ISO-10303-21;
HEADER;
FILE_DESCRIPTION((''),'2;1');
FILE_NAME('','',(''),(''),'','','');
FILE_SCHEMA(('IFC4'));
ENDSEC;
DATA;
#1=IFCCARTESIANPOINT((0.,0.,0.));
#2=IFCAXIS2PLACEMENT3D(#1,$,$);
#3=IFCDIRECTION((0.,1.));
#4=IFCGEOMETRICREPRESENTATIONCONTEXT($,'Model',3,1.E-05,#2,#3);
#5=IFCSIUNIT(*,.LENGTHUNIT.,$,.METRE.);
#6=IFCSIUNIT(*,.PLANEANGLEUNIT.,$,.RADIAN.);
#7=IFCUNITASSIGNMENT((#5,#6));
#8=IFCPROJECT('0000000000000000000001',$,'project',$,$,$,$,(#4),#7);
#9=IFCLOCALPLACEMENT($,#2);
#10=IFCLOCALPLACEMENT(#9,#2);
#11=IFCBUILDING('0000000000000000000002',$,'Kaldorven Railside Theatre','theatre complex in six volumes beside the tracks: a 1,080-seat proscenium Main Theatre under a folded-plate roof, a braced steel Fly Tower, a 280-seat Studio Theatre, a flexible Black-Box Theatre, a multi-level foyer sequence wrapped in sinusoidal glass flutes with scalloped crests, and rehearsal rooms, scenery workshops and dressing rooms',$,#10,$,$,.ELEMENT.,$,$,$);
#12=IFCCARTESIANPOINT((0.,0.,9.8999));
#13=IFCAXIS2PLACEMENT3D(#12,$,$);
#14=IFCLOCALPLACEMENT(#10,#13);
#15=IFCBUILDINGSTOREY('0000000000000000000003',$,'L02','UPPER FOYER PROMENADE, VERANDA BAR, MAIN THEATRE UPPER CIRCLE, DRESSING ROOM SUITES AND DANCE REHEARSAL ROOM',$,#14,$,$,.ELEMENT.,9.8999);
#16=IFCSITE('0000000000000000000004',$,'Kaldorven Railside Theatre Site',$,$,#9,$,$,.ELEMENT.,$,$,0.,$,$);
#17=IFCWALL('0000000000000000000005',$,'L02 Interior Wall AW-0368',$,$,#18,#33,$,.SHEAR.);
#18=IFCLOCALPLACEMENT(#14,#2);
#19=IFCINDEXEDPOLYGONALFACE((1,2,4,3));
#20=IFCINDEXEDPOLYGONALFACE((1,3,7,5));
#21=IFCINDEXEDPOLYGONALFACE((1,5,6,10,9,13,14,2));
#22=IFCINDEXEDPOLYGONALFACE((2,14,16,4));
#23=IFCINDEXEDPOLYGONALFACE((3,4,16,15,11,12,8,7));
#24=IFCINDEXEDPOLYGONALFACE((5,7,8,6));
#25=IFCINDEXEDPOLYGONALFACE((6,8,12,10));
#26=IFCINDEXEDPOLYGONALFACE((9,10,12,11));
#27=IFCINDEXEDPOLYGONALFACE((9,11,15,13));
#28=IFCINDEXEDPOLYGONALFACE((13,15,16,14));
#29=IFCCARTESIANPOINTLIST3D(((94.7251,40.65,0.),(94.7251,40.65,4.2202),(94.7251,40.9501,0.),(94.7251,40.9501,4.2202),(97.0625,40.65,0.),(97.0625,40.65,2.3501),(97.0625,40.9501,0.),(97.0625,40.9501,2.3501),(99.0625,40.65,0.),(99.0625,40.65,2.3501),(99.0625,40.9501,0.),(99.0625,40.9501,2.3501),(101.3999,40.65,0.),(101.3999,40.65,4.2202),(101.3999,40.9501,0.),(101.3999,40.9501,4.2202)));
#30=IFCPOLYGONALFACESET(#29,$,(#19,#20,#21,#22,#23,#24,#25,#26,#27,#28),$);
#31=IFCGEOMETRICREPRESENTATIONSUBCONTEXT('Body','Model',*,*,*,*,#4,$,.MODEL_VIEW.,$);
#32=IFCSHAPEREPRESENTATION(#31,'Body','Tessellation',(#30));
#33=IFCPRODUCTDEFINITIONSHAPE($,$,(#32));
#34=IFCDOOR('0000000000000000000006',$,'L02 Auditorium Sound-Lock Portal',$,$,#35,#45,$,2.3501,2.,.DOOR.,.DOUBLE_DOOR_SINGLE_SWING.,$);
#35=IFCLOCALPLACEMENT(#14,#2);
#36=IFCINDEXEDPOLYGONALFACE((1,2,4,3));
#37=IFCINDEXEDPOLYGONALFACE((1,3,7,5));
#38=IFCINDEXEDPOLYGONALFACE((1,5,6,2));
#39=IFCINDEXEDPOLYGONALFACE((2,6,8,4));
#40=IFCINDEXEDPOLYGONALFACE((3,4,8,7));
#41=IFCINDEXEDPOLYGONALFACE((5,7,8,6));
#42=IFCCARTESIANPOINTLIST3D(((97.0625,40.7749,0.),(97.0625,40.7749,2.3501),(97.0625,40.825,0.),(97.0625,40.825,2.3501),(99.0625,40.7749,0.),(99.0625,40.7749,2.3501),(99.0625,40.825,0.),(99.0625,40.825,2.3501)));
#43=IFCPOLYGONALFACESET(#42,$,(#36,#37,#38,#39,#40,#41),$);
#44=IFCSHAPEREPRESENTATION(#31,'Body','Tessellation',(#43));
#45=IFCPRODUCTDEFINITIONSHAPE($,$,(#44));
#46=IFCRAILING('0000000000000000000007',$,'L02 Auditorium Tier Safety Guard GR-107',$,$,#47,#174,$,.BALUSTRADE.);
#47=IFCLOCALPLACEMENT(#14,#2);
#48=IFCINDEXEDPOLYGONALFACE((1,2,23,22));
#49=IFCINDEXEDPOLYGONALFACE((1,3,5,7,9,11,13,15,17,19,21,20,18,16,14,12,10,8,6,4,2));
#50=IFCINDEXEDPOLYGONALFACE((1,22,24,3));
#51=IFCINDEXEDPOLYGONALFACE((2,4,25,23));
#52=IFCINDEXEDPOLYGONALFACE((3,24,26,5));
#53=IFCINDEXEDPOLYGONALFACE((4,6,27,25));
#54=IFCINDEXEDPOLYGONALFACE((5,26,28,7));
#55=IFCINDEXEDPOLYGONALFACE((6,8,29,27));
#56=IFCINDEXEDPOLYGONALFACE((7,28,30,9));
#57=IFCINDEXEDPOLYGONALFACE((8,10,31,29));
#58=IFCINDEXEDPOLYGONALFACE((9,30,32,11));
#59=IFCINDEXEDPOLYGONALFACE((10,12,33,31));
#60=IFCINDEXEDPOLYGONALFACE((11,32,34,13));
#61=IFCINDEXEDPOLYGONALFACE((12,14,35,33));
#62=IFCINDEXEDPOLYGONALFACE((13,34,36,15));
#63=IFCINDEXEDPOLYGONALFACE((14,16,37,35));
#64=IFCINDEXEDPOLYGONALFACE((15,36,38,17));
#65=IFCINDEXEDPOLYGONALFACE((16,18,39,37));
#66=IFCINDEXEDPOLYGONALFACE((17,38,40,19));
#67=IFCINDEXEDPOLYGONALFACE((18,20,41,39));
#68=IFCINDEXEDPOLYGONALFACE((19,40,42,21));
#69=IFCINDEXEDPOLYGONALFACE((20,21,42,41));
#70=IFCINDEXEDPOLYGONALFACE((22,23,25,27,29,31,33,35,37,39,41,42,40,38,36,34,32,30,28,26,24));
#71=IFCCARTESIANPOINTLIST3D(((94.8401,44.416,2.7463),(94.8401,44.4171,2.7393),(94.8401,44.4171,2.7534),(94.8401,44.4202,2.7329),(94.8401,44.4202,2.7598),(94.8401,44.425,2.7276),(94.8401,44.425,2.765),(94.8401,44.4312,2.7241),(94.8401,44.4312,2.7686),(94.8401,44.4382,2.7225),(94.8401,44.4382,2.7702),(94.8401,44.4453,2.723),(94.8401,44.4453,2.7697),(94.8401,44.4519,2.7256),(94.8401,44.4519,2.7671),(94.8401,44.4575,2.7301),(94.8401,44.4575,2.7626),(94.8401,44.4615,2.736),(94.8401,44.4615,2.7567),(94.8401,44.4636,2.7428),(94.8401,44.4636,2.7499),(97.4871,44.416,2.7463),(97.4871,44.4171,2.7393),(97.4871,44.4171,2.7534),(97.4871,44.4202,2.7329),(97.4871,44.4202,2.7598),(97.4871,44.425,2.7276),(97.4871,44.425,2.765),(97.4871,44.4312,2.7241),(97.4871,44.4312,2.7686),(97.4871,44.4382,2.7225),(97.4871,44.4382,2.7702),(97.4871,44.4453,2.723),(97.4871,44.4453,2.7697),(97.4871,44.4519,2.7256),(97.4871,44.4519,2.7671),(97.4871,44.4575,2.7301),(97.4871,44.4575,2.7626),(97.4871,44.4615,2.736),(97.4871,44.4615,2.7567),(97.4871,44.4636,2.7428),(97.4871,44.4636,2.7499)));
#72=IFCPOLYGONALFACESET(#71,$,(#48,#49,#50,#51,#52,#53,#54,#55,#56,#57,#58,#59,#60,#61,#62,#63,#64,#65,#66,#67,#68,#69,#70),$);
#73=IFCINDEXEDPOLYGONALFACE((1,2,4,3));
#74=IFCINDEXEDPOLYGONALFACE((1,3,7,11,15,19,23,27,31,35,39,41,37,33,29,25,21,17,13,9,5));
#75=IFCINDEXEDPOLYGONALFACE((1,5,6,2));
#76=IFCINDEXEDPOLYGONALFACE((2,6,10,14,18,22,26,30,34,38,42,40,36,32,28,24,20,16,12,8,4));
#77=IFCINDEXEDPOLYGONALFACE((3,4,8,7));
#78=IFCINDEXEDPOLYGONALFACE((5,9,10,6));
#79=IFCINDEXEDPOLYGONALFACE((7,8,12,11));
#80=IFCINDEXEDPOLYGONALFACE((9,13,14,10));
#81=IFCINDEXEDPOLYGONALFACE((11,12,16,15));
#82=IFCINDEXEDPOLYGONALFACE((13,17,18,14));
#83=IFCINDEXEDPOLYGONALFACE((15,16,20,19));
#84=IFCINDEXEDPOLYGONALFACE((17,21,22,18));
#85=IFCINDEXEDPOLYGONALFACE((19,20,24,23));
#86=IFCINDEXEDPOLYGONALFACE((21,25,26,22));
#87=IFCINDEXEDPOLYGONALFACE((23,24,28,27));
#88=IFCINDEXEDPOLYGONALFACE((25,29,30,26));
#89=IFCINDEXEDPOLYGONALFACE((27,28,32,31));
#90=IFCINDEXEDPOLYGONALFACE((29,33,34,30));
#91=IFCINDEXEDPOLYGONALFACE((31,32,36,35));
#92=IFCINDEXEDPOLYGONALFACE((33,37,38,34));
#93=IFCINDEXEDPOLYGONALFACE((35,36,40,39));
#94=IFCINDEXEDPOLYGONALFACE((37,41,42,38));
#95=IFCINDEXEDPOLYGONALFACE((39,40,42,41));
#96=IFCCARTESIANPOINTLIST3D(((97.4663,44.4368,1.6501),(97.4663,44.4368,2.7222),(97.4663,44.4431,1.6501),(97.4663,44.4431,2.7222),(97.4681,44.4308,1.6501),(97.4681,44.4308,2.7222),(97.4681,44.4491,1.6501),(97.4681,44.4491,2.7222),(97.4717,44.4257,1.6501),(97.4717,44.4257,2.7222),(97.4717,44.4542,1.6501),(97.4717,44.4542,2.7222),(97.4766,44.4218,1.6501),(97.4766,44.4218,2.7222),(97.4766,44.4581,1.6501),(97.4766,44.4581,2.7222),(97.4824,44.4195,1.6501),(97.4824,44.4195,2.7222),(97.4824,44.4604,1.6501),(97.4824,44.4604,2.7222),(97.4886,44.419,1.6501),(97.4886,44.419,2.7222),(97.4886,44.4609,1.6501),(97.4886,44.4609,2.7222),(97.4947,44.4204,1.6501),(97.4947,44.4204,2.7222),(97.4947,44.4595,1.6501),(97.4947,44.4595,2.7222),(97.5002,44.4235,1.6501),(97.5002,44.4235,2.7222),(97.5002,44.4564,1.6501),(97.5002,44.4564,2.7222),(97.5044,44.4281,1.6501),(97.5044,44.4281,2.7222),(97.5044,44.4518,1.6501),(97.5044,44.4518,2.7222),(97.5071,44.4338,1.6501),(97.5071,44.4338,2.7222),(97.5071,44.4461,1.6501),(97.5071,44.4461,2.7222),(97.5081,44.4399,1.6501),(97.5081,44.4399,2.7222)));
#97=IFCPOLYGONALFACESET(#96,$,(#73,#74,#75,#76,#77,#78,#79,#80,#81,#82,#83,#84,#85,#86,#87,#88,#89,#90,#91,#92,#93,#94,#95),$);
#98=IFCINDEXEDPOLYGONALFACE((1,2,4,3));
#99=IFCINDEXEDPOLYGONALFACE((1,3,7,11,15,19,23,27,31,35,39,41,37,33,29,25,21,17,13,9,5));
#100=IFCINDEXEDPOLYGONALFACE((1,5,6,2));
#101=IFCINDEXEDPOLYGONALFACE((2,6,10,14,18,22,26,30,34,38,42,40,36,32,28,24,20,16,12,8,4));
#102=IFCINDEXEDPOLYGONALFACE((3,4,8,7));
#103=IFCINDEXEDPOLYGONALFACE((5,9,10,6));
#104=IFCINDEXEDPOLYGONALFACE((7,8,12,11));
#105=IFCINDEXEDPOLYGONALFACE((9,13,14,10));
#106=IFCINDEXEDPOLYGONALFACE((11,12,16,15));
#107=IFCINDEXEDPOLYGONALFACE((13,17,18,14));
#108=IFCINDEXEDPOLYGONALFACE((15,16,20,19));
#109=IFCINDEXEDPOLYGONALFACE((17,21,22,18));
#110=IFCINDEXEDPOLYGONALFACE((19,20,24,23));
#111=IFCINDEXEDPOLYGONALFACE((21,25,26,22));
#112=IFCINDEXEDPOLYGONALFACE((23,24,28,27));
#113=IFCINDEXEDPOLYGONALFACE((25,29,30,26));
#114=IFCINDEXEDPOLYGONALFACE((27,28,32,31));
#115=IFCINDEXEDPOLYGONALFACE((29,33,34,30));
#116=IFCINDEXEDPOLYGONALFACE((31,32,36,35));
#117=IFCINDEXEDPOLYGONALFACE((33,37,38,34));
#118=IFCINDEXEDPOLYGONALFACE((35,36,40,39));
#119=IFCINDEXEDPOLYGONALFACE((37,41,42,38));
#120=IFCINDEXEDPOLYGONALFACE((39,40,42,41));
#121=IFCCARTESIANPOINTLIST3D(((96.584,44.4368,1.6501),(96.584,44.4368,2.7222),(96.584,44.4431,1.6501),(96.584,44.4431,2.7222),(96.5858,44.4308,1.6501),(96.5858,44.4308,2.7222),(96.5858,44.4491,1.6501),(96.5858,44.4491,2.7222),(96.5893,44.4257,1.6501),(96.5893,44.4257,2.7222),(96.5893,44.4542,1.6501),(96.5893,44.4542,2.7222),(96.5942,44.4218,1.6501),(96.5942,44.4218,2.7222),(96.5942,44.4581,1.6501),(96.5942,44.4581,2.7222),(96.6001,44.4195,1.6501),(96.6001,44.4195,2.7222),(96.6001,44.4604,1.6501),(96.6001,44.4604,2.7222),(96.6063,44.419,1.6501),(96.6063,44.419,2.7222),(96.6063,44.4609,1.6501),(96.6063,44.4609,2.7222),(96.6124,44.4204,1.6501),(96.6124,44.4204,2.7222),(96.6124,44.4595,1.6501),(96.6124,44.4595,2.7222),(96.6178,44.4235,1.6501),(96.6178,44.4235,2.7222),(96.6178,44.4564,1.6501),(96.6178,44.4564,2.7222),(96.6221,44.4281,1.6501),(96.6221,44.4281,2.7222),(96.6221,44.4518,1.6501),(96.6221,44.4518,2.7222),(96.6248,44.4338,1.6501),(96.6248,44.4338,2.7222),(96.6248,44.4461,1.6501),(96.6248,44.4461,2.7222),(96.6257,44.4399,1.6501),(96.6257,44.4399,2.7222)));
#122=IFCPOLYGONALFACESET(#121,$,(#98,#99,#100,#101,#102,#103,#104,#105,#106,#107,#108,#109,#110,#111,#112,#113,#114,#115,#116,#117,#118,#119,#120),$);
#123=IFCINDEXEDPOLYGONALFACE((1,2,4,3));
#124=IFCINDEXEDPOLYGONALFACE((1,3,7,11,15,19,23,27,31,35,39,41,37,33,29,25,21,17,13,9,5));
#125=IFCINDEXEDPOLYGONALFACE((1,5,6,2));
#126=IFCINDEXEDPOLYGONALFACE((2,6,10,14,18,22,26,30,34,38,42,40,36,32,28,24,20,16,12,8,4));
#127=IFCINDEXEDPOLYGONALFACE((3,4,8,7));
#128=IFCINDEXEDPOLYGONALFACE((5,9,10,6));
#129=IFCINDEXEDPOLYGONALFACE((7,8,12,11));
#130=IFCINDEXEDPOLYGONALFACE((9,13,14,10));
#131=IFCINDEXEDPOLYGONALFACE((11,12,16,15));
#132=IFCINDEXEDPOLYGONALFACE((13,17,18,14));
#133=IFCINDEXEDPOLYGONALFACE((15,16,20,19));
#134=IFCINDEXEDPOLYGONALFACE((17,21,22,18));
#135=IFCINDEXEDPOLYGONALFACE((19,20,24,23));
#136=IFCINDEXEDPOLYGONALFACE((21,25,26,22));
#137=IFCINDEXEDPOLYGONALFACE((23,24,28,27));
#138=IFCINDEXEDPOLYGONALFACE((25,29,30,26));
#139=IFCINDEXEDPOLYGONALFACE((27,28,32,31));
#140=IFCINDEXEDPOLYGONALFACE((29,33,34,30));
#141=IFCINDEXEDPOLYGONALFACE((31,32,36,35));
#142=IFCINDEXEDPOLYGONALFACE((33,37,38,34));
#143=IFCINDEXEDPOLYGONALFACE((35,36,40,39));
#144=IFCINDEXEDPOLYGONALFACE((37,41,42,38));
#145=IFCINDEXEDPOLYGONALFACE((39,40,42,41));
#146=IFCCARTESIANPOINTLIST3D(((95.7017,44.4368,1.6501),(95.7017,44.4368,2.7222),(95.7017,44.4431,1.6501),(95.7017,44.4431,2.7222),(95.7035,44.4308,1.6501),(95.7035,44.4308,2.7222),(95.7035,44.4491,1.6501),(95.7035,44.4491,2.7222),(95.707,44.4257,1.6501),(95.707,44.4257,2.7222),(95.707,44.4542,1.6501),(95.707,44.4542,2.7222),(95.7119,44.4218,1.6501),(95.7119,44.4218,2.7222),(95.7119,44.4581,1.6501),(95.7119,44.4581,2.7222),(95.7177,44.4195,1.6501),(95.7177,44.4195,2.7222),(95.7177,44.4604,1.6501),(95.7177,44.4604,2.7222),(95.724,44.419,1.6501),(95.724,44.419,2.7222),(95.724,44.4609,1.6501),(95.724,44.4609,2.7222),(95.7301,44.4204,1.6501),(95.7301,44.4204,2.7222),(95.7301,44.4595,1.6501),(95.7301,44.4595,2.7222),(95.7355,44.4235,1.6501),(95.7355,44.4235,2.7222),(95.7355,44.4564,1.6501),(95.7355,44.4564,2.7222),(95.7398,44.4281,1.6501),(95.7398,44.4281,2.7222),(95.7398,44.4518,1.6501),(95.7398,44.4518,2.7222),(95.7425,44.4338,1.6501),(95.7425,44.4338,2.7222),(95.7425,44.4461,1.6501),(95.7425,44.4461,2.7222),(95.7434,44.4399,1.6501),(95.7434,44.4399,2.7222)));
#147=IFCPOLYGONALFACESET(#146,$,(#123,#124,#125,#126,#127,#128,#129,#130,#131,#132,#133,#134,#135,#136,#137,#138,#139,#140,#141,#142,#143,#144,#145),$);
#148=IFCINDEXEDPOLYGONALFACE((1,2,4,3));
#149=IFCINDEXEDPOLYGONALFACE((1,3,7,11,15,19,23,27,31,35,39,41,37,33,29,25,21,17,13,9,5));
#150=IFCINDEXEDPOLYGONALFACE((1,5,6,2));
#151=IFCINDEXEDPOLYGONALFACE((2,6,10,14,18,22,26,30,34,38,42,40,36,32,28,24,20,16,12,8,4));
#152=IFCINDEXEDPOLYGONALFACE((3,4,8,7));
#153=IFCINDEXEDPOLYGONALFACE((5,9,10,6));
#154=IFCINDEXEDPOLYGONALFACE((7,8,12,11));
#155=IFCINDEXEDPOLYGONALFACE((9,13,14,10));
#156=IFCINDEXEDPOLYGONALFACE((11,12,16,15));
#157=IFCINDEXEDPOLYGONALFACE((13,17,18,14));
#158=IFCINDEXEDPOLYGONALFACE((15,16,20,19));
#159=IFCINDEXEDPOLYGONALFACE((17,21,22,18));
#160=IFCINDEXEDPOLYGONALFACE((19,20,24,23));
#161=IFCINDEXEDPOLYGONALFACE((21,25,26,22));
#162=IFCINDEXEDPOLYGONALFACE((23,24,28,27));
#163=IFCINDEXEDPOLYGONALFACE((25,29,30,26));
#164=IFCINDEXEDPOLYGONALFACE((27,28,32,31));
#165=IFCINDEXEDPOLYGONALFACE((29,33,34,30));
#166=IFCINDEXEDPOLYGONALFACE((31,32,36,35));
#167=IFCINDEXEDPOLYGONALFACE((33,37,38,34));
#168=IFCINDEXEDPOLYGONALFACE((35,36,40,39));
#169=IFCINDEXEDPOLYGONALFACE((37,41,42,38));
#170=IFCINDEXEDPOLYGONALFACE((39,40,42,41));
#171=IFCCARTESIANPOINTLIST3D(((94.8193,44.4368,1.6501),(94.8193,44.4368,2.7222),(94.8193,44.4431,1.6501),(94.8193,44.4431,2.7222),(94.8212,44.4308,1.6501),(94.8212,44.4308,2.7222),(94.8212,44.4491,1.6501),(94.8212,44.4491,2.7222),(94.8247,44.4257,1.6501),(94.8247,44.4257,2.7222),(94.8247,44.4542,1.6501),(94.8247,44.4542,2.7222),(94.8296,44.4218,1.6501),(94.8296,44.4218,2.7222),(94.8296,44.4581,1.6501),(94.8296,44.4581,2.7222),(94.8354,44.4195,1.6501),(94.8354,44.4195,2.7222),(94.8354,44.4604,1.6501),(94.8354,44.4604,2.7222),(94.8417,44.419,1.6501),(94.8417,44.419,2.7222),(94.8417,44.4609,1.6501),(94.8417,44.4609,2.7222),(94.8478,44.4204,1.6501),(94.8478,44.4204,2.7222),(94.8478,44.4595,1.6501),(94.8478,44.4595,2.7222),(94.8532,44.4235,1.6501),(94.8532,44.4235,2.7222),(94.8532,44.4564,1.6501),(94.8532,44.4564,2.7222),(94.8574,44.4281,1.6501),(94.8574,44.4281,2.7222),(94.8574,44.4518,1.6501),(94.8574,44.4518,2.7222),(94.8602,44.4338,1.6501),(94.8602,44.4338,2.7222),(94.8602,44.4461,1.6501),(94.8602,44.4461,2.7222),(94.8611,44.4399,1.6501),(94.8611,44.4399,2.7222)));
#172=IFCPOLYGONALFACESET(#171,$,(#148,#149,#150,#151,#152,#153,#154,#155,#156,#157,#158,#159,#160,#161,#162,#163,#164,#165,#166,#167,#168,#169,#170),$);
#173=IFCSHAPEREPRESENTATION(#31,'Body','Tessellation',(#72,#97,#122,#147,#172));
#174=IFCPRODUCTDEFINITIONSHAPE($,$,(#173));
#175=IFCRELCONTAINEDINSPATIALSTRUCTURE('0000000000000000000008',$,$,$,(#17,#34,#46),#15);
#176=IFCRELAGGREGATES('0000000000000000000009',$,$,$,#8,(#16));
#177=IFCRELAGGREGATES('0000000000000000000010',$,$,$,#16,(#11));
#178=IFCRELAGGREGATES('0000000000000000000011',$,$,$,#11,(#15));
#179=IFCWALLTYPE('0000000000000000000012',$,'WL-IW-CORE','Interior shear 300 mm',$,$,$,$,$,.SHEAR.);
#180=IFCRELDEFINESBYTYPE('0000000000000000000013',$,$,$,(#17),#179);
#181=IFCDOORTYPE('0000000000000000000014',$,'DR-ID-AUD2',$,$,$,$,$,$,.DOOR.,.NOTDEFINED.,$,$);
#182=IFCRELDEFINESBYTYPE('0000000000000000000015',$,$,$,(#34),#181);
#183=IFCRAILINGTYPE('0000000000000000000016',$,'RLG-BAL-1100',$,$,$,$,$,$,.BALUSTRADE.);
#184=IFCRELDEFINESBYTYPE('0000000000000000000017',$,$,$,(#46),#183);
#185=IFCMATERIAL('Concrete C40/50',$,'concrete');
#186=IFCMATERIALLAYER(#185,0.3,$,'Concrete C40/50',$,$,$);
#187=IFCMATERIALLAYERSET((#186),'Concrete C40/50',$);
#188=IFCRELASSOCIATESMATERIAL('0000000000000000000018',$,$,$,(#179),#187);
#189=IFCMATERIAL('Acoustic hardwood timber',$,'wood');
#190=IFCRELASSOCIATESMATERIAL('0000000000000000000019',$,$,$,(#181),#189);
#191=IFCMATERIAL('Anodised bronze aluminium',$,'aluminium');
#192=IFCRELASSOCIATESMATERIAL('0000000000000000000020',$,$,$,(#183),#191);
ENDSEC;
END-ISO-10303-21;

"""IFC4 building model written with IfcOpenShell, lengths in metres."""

from ifc_helpers import new_model, si_unit, direction, frame, frame_2d, origin, origin_2d, place, context, subcontext, project, spatial, rectangle, circle, extrude, material, layer, layer_set, type_object, element, fill, save


model = new_model("IFC4")

# Units and contexts
model_context = context("Model", 3, precision=1e-05, world=origin(), true_north=direction((0.0, 1.0)))
body_context = subcontext(model_context, "Body", "Model", "MODEL_VIEW")
ifc_project = project(units=[si_unit("LENGTHUNIT", "METRE"), si_unit("PLANEANGLEUNIT", "RADIAN")], contexts=[model_context])

# Site, building, storey
site_placement = place(None, origin())
site = spatial("IfcSite", under=ifc_project, at=site_placement, Name="Kaldorven Railside Theatre Site", CompositionType="ELEMENT", RefElevation=0.0)
building_placement = place(site_placement, origin())
building = spatial("IfcBuilding", under=site, at=building_placement, Name="Kaldorven Railside Theatre", Description="theatre complex in six volumes beside the tracks: a 1,080-seat proscenium Main Theatre under a folded-plate roof, a braced steel Fly Tower, a 280-seat Studio Theatre, a flexible Black-Box Theatre, a multi-level foyer sequence wrapped in sinusoidal glass flutes with scalloped crests, and rehearsal rooms, scenery workshops and dressing rooms", CompositionType="ELEMENT")
storey_placement = place(building_placement, frame((0.0, 0.0, 9.8999)))
storey = spatial("IfcBuildingStorey", under=building, at=storey_placement, Name="L02", Description="UPPER FOYER PROMENADE, VERANDA BAR, MAIN THEATRE UPPER CIRCLE, DRESSING ROOM SUITES AND DANCE REHEARSAL ROOM", CompositionType="ELEMENT", Elevation=9.8999)

# Shared definitions
ifc_material_1 = material(Name="Concrete C40/50", Category="concrete")

# Wall, opening, door
ifc_layer_1 = layer(ifc_material_1, 0.3, Name="Concrete C40/50")
ifc_layer_set_1 = layer_set([ifc_layer_1], Name="Concrete C40/50")
wall_type_1 = type_object("IfcWallType", Name="WL-IW-CORE", Description="Interior shear 300 mm", PredefinedType="SHEAR", material=ifc_layer_set_1)
wall_1_placement = place(storey_placement, frame((94.7251, 40.8, 0.0), z_axis=(0.0, 0.0, 1.0), x_axis=(1.0, 0.0, 0.0)))
wall_1 = element("IfcWall", 1, at=wall_1_placement, inside=storey, type_object=wall_type_1, Name="L02 Interior Wall AW-0368", PredefinedType="SHEAR", context=body_context, shape_type="SweptSolid", body=[
    extrude(rectangle(XDim=6.6748, YDim=0.3, at=frame_2d((3.3374, 0.0))), origin(), (0.0, 0.0, 1.0), 4.2202),
])
opening_placement = place(wall_1_placement, frame((2.3374, 0.0, 0.0)))
opening = element("IfcOpeningElement", 2, at=opening_placement, cuts=wall_1, PredefinedType="OPENING", context=body_context, shape_type="SweptSolid", body=[
    extrude(rectangle(XDim=2.0, YDim=2.3501, at=frame_2d((1.0, 1.175))), frame((0.0, 0.1602, 0.0), z_axis=(0.0, -1.0, 0.0), x_axis=(1.0, 0.0, 0.0)), (0.0, 0.0, 1.0), 0.3201),
])
ifc_material_2 = material(Name="Acoustic hardwood timber", Category="wood")
door_type = type_object("IfcDoorType", Name="DR-ID-AUD2", OperationType="NOTDEFINED", PredefinedType="DOOR", material=ifc_material_2)
door_placement = place(opening_placement, origin())
door = element("IfcDoor", 3, at=door_placement, inside=storey, type_object=door_type, Name="L02 Auditorium Sound-Lock Portal", OperationType="DOUBLE_DOOR_SINGLE_SWING", OverallHeight=2.3501, OverallWidth=2.0, PredefinedType="DOOR", context=body_context, shape_type="SweptSolid", body=[
    extrude(rectangle(XDim=2.0, YDim=2.3501, at=frame_2d((1.0, 1.175))), frame((0.0, 0.0249, 0.0), z_axis=(0.0, -1.0, 0.0), x_axis=(1.0, 0.0, 0.0)), (0.0, 0.0, 1.0), 0.05),
])
fill(opening, door)

# Railing
ifc_material_3 = material(Name="Anodised bronze aluminium", Category="aluminium")
railing_type = type_object("IfcRailingType", Name="RLG-BAL-1100", PredefinedType="BALUSTRADE", material=ifc_material_3)
railing_1_placement = place(storey_placement, frame((97.4871, 44.4399, 1.6501)))
element("IfcRailing", 4, at=railing_1_placement, inside=storey, type_object=railing_type, Name="L02 Auditorium Tier Safety Guard GR-107", PredefinedType="BALUSTRADE", context=body_context, shape_type="SweptSolid", body=[
    extrude(circle(Radius=0.0239, at=origin_2d()), frame((0.0, 0.0, 1.0962), z_axis=(-1.0, 0.0, 0.0), x_axis=(0.0, -1.0, 0.0)), (0.0, 0.0, 1.0), 2.647),
    extrude(circle(Radius=0.021, at=origin_2d()), origin(), (0.0, 0.0, 1.0), 1.072),
    extrude(circle(Radius=0.021, at=origin_2d()), frame((-0.8823, 0.0, 0.0)), (0.0, 0.0, 1.0), 1.072),
    extrude(circle(Radius=0.021, at=origin_2d()), frame((-1.7646, 0.0, 0.0)), (0.0, 0.0, 1.0), 1.072),
    extrude(circle(Radius=0.021, at=origin_2d()), frame((-2.647, 0.0, 0.0)), (0.0, 0.0, 1.0), 1.072),
])

save(model, "model.ifc")
